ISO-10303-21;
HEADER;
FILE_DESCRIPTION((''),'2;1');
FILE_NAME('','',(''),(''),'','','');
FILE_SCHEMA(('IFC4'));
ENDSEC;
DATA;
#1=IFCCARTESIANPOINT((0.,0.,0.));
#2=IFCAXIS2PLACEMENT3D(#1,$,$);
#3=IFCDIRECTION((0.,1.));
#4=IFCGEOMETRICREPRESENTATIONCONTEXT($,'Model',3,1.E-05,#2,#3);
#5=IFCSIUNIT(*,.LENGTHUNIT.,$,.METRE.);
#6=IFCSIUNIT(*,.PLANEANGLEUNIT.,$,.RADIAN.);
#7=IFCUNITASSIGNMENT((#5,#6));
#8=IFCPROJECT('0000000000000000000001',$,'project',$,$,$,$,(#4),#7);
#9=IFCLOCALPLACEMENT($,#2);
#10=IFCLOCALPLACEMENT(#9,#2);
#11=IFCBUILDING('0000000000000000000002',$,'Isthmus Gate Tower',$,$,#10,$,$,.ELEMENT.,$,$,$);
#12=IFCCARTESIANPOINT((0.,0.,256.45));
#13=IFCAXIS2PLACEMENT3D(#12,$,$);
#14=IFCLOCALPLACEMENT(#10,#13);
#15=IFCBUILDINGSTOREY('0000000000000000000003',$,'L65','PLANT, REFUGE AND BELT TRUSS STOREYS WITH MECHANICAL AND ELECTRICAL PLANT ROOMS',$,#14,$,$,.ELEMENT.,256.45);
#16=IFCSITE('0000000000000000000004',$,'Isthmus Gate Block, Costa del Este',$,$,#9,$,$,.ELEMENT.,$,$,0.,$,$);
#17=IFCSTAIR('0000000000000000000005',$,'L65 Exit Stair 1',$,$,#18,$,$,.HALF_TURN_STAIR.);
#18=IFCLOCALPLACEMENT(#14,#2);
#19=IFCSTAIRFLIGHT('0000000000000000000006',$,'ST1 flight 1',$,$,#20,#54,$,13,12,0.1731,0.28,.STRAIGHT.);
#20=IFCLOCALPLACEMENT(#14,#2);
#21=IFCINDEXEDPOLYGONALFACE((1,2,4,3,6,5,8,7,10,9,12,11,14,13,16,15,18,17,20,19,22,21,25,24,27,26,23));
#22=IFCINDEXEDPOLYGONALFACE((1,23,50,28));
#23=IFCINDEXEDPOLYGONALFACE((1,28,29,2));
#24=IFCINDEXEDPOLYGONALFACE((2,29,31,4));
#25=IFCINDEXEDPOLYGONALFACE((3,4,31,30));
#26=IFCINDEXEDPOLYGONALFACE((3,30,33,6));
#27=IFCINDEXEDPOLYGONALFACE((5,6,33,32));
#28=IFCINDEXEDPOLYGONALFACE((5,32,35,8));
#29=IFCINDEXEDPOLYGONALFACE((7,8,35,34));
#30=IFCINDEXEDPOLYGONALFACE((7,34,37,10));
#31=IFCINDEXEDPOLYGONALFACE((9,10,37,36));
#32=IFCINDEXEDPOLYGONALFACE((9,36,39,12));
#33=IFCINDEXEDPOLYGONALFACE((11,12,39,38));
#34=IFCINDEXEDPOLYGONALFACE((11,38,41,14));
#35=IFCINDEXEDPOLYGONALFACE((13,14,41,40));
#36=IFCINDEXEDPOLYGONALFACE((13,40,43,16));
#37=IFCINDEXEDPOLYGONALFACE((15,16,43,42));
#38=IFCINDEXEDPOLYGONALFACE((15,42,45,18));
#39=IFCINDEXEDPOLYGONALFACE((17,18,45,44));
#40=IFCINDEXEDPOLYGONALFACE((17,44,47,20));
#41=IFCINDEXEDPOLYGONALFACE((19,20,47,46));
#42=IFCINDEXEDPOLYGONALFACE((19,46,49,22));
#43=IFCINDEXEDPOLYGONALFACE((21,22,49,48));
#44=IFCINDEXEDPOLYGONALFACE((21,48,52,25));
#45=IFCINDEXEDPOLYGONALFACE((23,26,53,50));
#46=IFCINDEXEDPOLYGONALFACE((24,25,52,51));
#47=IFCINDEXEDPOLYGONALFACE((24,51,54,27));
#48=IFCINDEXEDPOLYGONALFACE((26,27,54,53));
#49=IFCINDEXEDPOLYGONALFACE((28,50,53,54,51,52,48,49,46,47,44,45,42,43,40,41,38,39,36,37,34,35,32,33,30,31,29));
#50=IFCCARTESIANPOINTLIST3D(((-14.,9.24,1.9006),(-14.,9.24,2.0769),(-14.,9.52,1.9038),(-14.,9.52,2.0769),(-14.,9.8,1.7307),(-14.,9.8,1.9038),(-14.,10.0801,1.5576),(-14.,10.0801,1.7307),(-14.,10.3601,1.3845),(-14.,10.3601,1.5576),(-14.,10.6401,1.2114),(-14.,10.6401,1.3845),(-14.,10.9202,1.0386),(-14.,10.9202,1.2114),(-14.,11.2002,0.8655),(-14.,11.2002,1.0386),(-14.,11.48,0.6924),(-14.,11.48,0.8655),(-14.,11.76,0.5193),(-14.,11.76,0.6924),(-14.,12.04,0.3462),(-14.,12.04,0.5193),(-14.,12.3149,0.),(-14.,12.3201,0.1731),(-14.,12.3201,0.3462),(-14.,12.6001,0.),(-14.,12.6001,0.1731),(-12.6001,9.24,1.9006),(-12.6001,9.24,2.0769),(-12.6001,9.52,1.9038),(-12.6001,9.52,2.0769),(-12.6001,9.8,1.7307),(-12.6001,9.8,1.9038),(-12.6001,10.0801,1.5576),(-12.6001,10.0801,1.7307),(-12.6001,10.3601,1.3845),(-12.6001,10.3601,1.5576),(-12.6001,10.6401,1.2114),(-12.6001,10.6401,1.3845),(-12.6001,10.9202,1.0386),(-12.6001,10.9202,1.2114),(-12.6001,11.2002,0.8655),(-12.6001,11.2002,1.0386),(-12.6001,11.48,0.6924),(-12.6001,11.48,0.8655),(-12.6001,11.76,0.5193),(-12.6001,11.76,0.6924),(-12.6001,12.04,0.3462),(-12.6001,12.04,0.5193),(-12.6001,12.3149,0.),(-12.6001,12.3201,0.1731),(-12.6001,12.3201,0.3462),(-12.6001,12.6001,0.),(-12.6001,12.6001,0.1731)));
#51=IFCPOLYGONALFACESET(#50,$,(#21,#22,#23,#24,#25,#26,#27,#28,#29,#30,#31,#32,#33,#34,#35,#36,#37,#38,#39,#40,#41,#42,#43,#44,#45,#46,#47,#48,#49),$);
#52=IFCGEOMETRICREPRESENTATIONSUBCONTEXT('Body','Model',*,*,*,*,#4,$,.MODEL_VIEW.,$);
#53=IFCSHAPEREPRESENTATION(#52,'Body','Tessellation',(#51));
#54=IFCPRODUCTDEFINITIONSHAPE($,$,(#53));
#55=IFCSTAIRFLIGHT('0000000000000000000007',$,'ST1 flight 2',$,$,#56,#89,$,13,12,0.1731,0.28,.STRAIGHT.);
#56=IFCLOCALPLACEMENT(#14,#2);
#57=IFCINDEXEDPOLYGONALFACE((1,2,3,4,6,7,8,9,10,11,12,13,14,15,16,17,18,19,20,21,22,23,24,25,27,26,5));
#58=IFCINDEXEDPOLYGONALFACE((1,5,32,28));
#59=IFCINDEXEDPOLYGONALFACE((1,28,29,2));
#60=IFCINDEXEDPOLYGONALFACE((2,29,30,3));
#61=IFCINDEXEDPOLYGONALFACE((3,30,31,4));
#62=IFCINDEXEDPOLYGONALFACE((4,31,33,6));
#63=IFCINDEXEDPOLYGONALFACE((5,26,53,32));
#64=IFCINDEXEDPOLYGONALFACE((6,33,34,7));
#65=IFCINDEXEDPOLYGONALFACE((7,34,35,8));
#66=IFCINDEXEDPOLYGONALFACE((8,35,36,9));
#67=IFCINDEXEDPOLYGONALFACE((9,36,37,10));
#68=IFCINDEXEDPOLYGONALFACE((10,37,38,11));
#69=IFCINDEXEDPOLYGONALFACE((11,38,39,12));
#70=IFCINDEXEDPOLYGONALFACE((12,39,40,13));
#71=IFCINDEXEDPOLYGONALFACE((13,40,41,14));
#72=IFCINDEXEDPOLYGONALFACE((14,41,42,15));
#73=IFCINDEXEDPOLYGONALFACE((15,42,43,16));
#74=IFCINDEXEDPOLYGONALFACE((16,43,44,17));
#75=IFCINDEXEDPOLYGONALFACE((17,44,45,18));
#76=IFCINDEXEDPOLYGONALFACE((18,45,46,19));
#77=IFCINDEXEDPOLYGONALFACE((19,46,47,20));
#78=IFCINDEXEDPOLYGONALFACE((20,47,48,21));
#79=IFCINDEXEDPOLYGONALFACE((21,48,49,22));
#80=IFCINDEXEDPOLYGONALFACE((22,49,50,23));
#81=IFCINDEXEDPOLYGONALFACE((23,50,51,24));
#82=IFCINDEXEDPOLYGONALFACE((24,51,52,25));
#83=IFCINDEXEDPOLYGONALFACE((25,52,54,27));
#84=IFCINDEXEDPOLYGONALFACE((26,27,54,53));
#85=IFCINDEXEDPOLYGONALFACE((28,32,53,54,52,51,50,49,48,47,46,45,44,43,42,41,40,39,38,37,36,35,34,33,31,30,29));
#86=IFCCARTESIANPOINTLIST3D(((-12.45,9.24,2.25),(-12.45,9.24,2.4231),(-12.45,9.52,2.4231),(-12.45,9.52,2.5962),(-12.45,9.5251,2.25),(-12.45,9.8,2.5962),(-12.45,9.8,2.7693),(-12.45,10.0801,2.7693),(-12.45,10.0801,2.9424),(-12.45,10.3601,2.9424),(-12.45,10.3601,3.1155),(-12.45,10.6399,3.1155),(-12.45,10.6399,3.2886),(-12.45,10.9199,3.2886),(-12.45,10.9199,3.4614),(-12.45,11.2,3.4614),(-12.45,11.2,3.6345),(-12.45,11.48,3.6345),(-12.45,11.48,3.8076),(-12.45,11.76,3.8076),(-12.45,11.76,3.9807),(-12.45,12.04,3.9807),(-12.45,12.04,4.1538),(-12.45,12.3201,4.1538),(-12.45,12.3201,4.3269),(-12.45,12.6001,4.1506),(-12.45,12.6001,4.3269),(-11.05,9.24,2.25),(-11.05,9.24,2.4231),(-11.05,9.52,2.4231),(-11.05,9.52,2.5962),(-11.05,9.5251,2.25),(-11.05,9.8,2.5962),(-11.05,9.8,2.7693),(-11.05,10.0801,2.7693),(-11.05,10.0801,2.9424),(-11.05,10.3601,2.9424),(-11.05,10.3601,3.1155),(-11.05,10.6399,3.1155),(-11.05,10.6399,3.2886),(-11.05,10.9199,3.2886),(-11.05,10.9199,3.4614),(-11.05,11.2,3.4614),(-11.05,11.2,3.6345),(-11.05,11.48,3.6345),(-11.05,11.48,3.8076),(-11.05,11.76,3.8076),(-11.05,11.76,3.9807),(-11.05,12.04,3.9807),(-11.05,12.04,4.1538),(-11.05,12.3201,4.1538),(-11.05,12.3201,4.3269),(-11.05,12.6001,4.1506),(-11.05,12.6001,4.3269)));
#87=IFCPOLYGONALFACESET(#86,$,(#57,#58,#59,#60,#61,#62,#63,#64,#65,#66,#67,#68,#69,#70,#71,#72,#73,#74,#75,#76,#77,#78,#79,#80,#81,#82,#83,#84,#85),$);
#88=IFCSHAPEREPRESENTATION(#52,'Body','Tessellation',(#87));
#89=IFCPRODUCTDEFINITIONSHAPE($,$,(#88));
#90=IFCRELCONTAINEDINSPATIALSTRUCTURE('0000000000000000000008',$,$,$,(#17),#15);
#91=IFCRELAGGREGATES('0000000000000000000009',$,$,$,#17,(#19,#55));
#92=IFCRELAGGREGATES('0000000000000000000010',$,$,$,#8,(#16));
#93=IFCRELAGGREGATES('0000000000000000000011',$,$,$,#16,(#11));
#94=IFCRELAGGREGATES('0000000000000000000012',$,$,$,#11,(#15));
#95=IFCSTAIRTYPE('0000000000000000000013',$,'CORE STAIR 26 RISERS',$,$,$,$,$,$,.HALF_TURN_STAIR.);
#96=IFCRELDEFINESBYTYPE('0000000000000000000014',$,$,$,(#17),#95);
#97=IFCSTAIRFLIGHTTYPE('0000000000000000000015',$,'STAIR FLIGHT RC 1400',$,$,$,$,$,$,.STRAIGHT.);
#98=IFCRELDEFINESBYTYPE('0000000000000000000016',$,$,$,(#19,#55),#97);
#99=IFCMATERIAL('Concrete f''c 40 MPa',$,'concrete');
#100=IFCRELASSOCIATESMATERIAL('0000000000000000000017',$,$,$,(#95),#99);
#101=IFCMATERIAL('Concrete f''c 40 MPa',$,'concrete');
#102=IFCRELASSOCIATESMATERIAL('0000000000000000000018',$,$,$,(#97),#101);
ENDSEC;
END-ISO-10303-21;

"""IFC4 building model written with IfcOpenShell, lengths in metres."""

from ifc_helpers import new_model, si_unit, direction, frame, origin, place, context, subcontext, project, spatial, polyline, outline, extrude, material, type_object, element, aggregate, save


model = new_model("IFC4")

# Units and contexts
model_context = context("Model", 3, precision=1e-05, world=origin(), true_north=direction((0.0, 1.0)))
body_context = subcontext(model_context, "Body", "Model", "MODEL_VIEW")
ifc_project = project(units=[si_unit("LENGTHUNIT", "METRE"), si_unit("PLANEANGLEUNIT", "RADIAN")], contexts=[model_context])

# Site, building, storey
site_placement = place(None, origin())
site = spatial("IfcSite", under=ifc_project, at=site_placement, Name="Isthmus Gate Block, Costa del Este", CompositionType="ELEMENT", RefElevation=0.0)
building_placement = place(site_placement, origin())
building = spatial("IfcBuilding", under=site, at=building_placement, Name="Isthmus Gate Tower", CompositionType="ELEMENT")
storey_placement = place(building_placement, frame((0.0, 0.0, 256.45)))
storey = spatial("IfcBuildingStorey", under=building, at=storey_placement, Name="L65", Description="PLANT, REFUGE AND BELT TRUSS STOREYS WITH MECHANICAL AND ELECTRICAL PLANT ROOMS", CompositionType="ELEMENT", Elevation=256.45)

# Stair, stair flights
ifc_material_1 = material(Name="Concrete f'c 40 MPa", Category="concrete")
stair_type = type_object("IfcStairType", Name="CORE STAIR 26 RISERS", PredefinedType="HALF_TURN_STAIR", material=ifc_material_1)
stair_placement = place(storey_placement, origin())
stair = element("IfcStair", 1, at=stair_placement, inside=storey, type_object=stair_type, Name="L65 Exit Stair 1", PredefinedType="HALF_TURN_STAIR")
ifc_material_2 = material(Name="Concrete f'c 40 MPa", Category="concrete")
stair_flight_type = type_object("IfcStairFlightType", Name="STAIR FLIGHT RC 1400", PredefinedType="STRAIGHT", material=ifc_material_2)
stair_flight_1_placement = place(storey_placement, frame((-13.3, 12.6001, 0.0), z_axis=(0.0, 0.0, 1.0), x_axis=(0.0, -1.0, 0.0)))
stair_flight_1 = element("IfcStairFlight", 2, at=stair_flight_1_placement, type_object=stair_flight_type, Name="ST1 flight 1", NumberOfRisers=13, NumberOfTreads=12, PredefinedType="STRAIGHT", RiserHeight=0.1731, TreadLength=0.28, context=body_context, shape_type="SweptSolid", body=[
    extrude(outline(polyline([(0.0, 0.0), (0.0, 0.1731), (0.28, 0.1731), (0.28, 0.3462), (0.5601, 0.3462), (0.5601, 0.5193), (0.8401, 0.5193), (0.8401, 0.6924), (1.1201, 0.6924), (1.1201, 0.8655), (1.3999, 0.8655), (1.3999, 1.0386), (1.6799, 1.0386), (1.6799, 1.2114), (1.96, 1.2114), (1.96, 1.3845), (2.24, 1.3845), (2.24, 1.5576), (2.52, 1.5576), (2.52, 1.7307), (2.8, 1.7307), (2.8, 1.9038), (3.0801, 1.9038), (3.0801, 2.0769), (3.3601, 2.0769), (3.3601, 2.25), (3.3601, 1.9006), (0.2852, 0.0), (0.0, 0.0)])), frame((0.0, 0.7, 0.0), z_axis=(0.0, -1.0, 0.0), x_axis=(1.0, 0.0, 0.0)), (0.0, 0.0, 1.0), 1.3999),
])
stair_flight_2_placement = place(storey_placement, frame((-11.75, 9.24, 2.25), z_axis=(0.0, 0.0, 1.0), x_axis=(0.0, 1.0, 0.0)))
stair_flight_2 = element("IfcStairFlight", 3, at=stair_flight_2_placement, type_object=stair_flight_type, Name="ST1 flight 2", NumberOfRisers=13, NumberOfTreads=12, PredefinedType="STRAIGHT", RiserHeight=0.1731, TreadLength=0.28, context=body_context, shape_type="SweptSolid", body=[
    extrude(outline(polyline([(0.0, 0.0), (0.0, 0.1731), (0.28, 0.1731), (0.28, 0.3462), (0.5601, 0.3462), (0.5601, 0.5193), (0.8401, 0.5193), (0.8401, 0.6924), (1.1201, 0.6924), (1.1201, 0.8655), (1.3999, 0.8655), (1.3999, 1.0386), (1.6799, 1.0386), (1.6799, 1.2114), (1.96, 1.2114), (1.96, 1.3845), (2.24, 1.3845), (2.24, 1.5576), (2.52, 1.5576), (2.52, 1.7307), (2.8, 1.7307), (2.8, 1.9038), (3.0801, 1.9038), (3.0801, 2.0769), (3.3601, 2.0769), (3.3601, 2.25), (3.3601, 1.9006), (0.2852, 0.0), (0.0, 0.0)])), frame((0.0, 0.7, 0.0), z_axis=(0.0, -1.0, 0.0), x_axis=(1.0, 0.0, 0.0)), (0.0, 0.0, 1.0), 1.3999),
])
aggregate(stair, [stair_flight_1, stair_flight_2])

save(model, "model.ifc")
